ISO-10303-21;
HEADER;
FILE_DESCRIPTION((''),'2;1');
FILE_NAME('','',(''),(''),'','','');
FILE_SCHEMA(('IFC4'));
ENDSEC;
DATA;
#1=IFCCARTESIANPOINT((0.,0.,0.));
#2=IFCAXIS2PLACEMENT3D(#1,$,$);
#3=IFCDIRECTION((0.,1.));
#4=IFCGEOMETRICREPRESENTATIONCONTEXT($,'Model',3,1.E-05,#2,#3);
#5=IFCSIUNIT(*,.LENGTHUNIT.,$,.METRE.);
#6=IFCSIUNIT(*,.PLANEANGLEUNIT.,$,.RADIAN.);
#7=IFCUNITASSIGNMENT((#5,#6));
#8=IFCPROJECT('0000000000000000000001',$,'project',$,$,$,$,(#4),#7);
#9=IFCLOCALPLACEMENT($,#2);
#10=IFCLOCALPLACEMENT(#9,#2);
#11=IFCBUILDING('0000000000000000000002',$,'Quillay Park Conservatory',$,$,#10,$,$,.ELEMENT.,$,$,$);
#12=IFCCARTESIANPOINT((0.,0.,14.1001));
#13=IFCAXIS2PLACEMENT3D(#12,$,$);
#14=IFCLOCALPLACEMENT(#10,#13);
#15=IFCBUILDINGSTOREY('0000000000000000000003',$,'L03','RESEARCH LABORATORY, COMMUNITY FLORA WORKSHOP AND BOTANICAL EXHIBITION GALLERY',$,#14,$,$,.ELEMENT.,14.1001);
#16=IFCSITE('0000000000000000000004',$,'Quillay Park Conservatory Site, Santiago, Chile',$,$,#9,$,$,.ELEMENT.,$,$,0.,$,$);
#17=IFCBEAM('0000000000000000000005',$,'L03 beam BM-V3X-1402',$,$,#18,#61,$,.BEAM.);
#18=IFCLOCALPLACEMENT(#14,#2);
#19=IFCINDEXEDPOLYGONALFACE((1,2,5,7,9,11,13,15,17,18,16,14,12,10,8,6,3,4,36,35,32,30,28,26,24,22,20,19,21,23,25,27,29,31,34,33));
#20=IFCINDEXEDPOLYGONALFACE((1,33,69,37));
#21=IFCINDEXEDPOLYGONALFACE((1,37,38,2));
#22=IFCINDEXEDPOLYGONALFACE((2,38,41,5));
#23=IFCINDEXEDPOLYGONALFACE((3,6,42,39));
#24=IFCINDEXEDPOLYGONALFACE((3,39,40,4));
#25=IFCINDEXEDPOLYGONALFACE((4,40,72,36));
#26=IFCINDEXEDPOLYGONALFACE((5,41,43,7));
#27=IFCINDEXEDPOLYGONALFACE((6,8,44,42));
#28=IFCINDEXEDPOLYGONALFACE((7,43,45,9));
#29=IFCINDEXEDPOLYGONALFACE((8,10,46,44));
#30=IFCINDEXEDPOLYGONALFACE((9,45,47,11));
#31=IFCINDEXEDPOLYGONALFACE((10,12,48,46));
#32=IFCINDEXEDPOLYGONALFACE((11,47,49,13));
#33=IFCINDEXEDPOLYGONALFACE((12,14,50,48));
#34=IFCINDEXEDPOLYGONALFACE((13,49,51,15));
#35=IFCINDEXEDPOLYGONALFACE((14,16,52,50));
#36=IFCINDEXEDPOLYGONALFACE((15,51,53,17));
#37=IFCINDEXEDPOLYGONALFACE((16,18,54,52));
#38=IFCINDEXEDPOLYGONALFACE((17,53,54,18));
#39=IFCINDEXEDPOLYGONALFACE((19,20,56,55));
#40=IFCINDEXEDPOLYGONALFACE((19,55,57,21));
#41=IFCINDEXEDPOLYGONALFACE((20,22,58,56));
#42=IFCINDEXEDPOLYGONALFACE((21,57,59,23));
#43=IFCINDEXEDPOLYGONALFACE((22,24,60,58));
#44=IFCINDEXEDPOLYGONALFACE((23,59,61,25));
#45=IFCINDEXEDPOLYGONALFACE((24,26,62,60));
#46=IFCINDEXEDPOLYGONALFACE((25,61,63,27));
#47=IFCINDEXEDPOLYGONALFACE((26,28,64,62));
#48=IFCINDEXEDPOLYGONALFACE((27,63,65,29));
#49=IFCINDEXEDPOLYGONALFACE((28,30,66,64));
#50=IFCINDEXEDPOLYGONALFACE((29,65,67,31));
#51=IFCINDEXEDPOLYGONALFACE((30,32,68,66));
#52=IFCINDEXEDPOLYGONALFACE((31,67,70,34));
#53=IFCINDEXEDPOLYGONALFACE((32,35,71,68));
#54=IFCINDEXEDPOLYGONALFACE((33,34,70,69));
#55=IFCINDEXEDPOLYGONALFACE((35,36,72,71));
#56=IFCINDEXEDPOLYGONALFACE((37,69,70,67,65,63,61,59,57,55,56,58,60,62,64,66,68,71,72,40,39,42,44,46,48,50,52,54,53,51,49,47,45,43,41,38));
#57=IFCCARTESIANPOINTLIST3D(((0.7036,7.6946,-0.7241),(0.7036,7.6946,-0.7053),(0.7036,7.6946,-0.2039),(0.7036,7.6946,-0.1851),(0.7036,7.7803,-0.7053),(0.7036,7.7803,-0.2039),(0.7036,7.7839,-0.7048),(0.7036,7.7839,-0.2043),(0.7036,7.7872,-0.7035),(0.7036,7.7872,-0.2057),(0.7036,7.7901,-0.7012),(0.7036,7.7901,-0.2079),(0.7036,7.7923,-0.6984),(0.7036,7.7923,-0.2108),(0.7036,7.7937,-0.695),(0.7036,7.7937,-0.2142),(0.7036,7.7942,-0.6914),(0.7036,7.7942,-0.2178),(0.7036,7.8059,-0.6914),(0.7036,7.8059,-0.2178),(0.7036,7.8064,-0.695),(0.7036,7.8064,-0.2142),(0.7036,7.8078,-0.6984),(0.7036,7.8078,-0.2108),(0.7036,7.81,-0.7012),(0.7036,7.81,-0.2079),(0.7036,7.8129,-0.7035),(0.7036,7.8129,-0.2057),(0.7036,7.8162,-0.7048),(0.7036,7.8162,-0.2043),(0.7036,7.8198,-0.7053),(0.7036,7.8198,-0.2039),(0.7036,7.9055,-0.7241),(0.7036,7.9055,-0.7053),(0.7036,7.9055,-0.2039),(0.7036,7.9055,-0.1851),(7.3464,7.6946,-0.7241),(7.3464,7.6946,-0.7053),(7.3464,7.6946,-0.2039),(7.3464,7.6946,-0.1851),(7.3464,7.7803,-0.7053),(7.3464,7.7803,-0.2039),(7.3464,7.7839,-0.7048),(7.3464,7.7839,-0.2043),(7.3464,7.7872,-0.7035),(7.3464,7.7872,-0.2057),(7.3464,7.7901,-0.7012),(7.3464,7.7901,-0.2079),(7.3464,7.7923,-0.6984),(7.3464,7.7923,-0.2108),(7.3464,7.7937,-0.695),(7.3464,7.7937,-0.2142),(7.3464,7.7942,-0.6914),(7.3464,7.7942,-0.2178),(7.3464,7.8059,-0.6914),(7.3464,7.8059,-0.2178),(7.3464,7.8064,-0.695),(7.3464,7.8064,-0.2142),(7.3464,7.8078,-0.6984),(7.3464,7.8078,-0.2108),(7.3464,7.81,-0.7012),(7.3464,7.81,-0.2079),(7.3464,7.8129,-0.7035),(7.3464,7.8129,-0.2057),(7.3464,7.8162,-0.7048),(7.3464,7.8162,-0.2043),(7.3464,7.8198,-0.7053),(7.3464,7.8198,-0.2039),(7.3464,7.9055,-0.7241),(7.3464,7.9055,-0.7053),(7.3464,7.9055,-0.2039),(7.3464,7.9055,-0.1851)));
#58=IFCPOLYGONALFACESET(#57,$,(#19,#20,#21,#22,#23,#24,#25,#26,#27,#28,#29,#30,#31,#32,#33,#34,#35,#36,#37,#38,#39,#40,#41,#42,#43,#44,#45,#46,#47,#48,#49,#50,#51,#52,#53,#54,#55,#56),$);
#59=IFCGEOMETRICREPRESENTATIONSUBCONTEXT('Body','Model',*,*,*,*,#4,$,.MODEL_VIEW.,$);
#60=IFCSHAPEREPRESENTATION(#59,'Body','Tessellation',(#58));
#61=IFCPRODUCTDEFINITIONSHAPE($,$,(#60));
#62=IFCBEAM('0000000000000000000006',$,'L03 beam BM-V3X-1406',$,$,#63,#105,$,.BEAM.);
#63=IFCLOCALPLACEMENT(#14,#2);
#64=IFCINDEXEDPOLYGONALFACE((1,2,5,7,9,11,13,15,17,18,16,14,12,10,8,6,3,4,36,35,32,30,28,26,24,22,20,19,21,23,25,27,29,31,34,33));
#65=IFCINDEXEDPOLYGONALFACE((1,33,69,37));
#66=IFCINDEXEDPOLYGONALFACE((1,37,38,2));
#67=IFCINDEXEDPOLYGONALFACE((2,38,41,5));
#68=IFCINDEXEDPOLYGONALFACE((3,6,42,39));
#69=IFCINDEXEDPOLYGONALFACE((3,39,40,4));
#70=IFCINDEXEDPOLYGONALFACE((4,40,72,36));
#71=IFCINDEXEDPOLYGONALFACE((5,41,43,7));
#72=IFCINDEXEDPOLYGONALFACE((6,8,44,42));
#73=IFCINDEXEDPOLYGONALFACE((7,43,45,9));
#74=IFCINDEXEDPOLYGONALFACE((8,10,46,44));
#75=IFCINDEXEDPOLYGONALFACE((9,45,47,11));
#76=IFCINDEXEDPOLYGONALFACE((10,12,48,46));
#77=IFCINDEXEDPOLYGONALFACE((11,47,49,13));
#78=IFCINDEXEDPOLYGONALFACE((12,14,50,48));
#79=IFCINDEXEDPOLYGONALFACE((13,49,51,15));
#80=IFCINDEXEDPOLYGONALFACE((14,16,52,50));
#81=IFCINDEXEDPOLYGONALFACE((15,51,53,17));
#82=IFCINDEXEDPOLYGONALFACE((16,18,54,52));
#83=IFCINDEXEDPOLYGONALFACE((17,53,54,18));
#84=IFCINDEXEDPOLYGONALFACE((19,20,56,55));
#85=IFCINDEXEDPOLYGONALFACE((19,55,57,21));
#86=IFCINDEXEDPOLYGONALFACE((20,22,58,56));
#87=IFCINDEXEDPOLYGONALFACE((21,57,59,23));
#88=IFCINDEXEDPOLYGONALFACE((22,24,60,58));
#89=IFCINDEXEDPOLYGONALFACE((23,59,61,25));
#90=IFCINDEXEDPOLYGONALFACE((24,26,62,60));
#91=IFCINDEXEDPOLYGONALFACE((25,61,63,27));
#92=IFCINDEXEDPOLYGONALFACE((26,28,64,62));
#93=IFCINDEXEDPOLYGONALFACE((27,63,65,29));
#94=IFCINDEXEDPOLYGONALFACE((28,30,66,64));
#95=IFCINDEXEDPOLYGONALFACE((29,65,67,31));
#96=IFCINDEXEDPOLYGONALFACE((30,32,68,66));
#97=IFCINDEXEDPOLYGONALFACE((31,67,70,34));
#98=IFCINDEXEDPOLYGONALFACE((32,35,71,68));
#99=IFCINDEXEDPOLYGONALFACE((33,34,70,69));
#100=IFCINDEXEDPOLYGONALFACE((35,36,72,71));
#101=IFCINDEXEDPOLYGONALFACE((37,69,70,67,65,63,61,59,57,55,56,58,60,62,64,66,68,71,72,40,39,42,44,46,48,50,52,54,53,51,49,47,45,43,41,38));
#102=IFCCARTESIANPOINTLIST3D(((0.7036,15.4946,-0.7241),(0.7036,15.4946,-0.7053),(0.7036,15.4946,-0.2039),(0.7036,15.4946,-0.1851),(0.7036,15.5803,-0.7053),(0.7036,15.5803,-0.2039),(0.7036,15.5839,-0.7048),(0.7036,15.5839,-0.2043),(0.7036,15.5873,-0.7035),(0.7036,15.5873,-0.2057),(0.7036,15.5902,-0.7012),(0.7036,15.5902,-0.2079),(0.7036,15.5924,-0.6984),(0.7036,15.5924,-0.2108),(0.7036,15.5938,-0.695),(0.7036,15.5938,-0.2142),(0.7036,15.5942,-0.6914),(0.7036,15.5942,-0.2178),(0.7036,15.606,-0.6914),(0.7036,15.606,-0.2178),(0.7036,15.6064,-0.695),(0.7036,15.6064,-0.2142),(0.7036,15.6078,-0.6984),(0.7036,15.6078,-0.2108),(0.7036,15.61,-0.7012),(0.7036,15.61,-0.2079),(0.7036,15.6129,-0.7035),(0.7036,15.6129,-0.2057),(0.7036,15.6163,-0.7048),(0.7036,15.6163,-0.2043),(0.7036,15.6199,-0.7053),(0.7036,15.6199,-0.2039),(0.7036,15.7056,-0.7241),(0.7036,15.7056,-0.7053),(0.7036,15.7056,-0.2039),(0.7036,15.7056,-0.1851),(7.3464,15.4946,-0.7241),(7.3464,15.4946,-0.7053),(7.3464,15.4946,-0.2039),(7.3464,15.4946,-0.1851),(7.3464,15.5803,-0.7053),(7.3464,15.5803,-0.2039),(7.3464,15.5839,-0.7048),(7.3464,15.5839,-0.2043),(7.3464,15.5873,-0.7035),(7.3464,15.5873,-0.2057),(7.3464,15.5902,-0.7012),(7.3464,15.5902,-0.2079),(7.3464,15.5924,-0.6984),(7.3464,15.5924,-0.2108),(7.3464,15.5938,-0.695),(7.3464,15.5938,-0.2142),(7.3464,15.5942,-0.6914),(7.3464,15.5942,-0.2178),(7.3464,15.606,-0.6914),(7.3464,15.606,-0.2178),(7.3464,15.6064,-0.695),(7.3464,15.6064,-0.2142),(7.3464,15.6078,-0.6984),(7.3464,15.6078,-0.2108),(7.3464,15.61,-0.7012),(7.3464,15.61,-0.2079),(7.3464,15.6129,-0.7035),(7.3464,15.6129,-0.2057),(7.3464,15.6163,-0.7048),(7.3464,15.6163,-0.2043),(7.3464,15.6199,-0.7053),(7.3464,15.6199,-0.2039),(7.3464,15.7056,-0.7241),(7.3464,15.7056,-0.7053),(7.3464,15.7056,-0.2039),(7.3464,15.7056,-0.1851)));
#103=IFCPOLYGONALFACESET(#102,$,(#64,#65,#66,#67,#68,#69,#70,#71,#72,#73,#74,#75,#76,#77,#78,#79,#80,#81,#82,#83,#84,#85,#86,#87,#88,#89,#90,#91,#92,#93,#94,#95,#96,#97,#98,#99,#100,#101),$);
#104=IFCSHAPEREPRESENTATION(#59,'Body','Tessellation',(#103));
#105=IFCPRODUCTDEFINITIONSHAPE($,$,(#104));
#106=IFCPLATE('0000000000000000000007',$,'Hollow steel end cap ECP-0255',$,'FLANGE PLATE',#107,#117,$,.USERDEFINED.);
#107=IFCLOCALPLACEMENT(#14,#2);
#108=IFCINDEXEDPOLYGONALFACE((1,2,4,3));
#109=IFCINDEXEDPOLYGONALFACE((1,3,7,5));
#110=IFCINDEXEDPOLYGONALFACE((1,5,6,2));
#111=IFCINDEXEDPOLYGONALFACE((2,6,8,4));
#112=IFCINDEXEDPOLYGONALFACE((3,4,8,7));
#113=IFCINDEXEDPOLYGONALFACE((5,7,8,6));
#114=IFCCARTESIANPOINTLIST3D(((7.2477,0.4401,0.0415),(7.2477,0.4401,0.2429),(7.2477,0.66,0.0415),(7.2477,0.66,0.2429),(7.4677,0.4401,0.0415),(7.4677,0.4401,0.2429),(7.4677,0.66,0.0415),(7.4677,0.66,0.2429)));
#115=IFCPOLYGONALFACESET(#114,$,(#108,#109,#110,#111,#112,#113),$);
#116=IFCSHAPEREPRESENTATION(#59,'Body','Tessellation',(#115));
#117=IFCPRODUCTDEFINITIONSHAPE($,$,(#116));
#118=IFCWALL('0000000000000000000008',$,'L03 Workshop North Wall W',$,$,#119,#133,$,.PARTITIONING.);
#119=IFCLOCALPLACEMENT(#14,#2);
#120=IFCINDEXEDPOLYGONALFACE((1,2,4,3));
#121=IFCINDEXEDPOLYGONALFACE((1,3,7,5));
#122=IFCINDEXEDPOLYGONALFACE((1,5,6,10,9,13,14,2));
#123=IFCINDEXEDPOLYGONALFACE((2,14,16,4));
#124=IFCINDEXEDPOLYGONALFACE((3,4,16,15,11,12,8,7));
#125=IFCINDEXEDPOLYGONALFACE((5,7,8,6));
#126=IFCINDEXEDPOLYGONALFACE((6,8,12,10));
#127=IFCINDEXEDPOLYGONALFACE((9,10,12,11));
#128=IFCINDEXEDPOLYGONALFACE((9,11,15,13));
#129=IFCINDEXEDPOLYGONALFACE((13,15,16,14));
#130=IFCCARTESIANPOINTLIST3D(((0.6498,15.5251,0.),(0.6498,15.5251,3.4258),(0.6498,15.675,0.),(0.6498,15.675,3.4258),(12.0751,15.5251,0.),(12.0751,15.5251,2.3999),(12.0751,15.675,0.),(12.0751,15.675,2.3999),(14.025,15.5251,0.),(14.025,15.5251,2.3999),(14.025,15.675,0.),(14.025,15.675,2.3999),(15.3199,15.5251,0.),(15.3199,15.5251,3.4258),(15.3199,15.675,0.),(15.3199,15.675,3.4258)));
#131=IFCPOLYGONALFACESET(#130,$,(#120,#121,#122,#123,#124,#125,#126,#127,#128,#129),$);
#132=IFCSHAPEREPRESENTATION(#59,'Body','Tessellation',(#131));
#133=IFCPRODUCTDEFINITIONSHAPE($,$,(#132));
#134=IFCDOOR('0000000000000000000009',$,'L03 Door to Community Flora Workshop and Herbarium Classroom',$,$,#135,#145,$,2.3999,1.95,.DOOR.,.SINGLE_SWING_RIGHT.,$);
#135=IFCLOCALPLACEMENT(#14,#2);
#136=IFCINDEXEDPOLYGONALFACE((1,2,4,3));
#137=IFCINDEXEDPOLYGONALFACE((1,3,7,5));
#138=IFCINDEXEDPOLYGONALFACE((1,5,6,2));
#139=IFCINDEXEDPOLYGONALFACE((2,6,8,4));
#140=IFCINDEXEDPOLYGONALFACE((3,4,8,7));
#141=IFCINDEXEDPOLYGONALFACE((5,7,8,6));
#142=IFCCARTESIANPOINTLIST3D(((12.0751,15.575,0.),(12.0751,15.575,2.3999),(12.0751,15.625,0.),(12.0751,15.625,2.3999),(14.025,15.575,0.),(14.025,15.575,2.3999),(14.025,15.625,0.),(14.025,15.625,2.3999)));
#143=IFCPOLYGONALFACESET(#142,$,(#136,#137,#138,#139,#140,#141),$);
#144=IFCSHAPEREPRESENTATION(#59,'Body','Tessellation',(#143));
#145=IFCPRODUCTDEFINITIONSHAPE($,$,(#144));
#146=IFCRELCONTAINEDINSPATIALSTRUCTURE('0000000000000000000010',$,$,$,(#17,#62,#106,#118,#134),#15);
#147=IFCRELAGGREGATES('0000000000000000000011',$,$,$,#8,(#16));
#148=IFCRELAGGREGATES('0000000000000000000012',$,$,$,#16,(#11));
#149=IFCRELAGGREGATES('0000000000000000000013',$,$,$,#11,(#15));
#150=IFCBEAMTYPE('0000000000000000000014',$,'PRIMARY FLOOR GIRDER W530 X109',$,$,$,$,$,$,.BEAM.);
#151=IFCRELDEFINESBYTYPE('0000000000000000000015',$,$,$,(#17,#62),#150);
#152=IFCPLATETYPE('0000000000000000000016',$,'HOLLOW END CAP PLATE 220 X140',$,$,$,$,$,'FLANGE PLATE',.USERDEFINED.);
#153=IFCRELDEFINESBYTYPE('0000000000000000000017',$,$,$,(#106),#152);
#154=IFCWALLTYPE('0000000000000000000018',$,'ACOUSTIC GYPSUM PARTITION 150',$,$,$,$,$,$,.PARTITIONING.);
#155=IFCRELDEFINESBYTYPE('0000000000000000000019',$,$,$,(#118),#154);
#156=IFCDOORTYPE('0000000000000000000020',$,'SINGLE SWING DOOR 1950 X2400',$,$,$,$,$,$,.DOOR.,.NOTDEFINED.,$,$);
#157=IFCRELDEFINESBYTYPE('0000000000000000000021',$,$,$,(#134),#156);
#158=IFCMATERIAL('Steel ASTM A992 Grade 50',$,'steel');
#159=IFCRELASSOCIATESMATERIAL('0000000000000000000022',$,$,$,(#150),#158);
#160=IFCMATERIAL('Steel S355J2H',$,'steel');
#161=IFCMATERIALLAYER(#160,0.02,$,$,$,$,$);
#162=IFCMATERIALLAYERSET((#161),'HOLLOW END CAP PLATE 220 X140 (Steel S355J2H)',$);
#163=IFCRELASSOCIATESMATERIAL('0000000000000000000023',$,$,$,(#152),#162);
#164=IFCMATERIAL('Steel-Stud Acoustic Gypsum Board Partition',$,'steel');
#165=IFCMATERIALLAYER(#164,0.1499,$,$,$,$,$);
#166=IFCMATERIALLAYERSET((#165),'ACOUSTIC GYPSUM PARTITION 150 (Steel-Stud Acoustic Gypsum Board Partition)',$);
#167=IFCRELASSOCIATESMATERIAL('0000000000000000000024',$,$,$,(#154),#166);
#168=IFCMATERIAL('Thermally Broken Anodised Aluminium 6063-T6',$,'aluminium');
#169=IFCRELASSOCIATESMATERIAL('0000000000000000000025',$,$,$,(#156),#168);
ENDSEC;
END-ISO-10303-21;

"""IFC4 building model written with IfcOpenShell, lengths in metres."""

from ifc_helpers import new_model, si_unit, direction, frame, frame_2d, origin, origin_2d, place, context, subcontext, project, spatial, rectangle, i_section, extrude, material, layer, layer_set, material_profile, profile_set, type_object, element, fill, save


model = new_model("IFC4")

# Units and contexts
model_context = context("Model", 3, precision=1e-05, world=origin(), true_north=direction((0.0, 1.0)))
body_context = subcontext(model_context, "Body", "Model", "MODEL_VIEW")
ifc_project = project(units=[si_unit("LENGTHUNIT", "METRE"), si_unit("PLANEANGLEUNIT", "RADIAN")], contexts=[model_context])

# Site, building, storey
site_placement = place(None, origin())
site = spatial("IfcSite", under=ifc_project, at=site_placement, Name="Quillay Park Conservatory Site, Santiago, Chile", CompositionType="ELEMENT", RefElevation=0.0)
building_placement = place(site_placement, origin())
building = spatial("IfcBuilding", under=site, at=building_placement, Name="Quillay Park Conservatory", CompositionType="ELEMENT")
storey_placement = place(building_placement, frame((0.0, 0.0, 14.1001)))
storey = spatial("IfcBuildingStorey", under=building, at=storey_placement, Name="L03", Description="RESEARCH LABORATORY, COMMUNITY FLORA WORKSHOP AND BOTANICAL EXHIBITION GALLERY", CompositionType="ELEMENT", Elevation=14.1001)

# Beams
ifc_material_1 = material(Name="Steel ASTM A992 Grade 50", Category="steel")
ifc_material_profile_1 = material_profile(ifc_material_1, i_section(OverallWidth=0.2109, OverallDepth=0.5391, WebThickness=0.0117, FlangeThickness=0.0188, FilletRadius=0.0139, at=origin_2d()), Name="W530x109")
ifc_profile_set_1 = profile_set([ifc_material_profile_1], Name="Steel ASTM A992 Grade 50")
beam_type_1 = type_object("IfcBeamType", Name="PRIMARY FLOOR GIRDER W530 X109", PredefinedType="BEAM", material=ifc_profile_set_1)
for number, where, z_axis, x_axis, name in (
    (1, (0.7036, 7.8, -0.4546), (1.0, 0.0, 0.0), (0.0, 1.0, 0.0), "L03 beam BM-V3X-1402"),
    (2, (0.7036, 15.6001, -0.4546), (1.0, 0.0, 0.0), (0.0, 1.0, 0.0), "L03 beam BM-V3X-1406"),
):
    element("IfcBeam", number, at=place(storey_placement, frame(where, z_axis=z_axis, x_axis=x_axis)), inside=storey, type_object=beam_type_1, Name=name, PredefinedType="BEAM", context=body_context, shape_type="SweptSolid", body=[
        extrude(i_section(OverallWidth=0.2109, OverallDepth=0.5391, WebThickness=0.0117, FlangeThickness=0.0188, FilletRadius=0.0139, at=origin_2d()), origin(), (0.0, 0.0, 1.0), 6.6428),
    ])

# Plate
ifc_material_2 = material(Name="Steel S355J2H", Category="steel")
ifc_layer_1 = layer(ifc_material_2, 0.02)
ifc_layer_set_1 = layer_set([ifc_layer_1], Name="HOLLOW END CAP PLATE 220 X140 (Steel S355J2H)")
plate_type = type_object("IfcPlateType", Name="HOLLOW END CAP PLATE 220 X140", ElementType="FLANGE PLATE", PredefinedType="USERDEFINED", material=ifc_layer_set_1)
plate_placement = place(storey_placement, frame((7.3577, 0.55, 0.0415), z_axis=(0.0, 0.0, 1.0), x_axis=(1.0, 0.0, 0.0)))
element("IfcPlate", 3, at=plate_placement, inside=storey, type_object=plate_type, Name="Hollow steel end cap ECP-0255", ObjectType="FLANGE PLATE", PredefinedType="USERDEFINED", context=body_context, shape_type="SweptSolid", body=[
    extrude(rectangle(XDim=0.22, YDim=0.22, at=origin_2d()), origin(), (0.0, 0.0, 1.0), 0.2014),
])

# Wall, opening, door
ifc_material_3 = material(Name="Steel-Stud Acoustic Gypsum Board Partition", Category="steel")
ifc_layer_2 = layer(ifc_material_3, 0.1499)
ifc_layer_set_2 = layer_set([ifc_layer_2], Name="ACOUSTIC GYPSUM PARTITION 150 (Steel-Stud Acoustic Gypsum Board Partition)")
wall_type_1 = type_object("IfcWallType", Name="ACOUSTIC GYPSUM PARTITION 150", PredefinedType="PARTITIONING", material=ifc_layer_set_2)
wall_1_placement = place(storey_placement, frame((0.6499, 15.6001, 0.0), z_axis=(0.0, 0.0, 1.0), x_axis=(1.0, 0.0, 0.0)))
wall_1 = element("IfcWall", 4, at=wall_1_placement, inside=storey, type_object=wall_type_1, Name="L03 Workshop North Wall W", PredefinedType="PARTITIONING", context=body_context, shape_type="SweptSolid", body=[
    extrude(rectangle(XDim=14.6702, YDim=0.1499, at=frame_2d((7.335, 0.0))), origin(), (0.0, 0.0, 1.0), 3.4258),
])
opening_1_placement = place(wall_1_placement, frame((11.425, 0.0, 0.0)))
opening_1 = element("IfcOpeningElement", 5, at=opening_1_placement, cuts=wall_1, PredefinedType="OPENING", context=body_context, shape_type="SweptSolid", body=[
    extrude(rectangle(XDim=1.95, YDim=2.3999, at=frame_2d((0.9751, 1.2))), frame((0.0, 0.075, 0.0), z_axis=(0.0, -1.0, 0.0), x_axis=(1.0, 0.0, 0.0)), (0.0, 0.0, 1.0), 0.1499),
])
ifc_material_4 = material(Name="Thermally Broken Anodised Aluminium 6063-T6", Category="aluminium")
door_type = type_object("IfcDoorType", Name="SINGLE SWING DOOR 1950 X2400", OperationType="NOTDEFINED", PredefinedType="DOOR", material=ifc_material_4)
door_placement = place(opening_1_placement, origin())
door = element("IfcDoor", 6, at=door_placement, inside=storey, type_object=door_type, Name="L03 Door to Community Flora Workshop and Herbarium Classroom", OperationType="SINGLE_SWING_RIGHT", OverallHeight=2.3999, OverallWidth=1.95, PredefinedType="DOOR", context=body_context, shape_type="SweptSolid", body=[
    extrude(rectangle(XDim=1.95, YDim=2.3999, at=frame_2d((0.9751, 1.2))), frame((0.0, 0.0249, 0.0), z_axis=(0.0, -1.0, 0.0), x_axis=(1.0, 0.0, 0.0)), (0.0, 0.0, 1.0), 0.05),
])
fill(opening_1, door)

save(model, "model.ifc")
